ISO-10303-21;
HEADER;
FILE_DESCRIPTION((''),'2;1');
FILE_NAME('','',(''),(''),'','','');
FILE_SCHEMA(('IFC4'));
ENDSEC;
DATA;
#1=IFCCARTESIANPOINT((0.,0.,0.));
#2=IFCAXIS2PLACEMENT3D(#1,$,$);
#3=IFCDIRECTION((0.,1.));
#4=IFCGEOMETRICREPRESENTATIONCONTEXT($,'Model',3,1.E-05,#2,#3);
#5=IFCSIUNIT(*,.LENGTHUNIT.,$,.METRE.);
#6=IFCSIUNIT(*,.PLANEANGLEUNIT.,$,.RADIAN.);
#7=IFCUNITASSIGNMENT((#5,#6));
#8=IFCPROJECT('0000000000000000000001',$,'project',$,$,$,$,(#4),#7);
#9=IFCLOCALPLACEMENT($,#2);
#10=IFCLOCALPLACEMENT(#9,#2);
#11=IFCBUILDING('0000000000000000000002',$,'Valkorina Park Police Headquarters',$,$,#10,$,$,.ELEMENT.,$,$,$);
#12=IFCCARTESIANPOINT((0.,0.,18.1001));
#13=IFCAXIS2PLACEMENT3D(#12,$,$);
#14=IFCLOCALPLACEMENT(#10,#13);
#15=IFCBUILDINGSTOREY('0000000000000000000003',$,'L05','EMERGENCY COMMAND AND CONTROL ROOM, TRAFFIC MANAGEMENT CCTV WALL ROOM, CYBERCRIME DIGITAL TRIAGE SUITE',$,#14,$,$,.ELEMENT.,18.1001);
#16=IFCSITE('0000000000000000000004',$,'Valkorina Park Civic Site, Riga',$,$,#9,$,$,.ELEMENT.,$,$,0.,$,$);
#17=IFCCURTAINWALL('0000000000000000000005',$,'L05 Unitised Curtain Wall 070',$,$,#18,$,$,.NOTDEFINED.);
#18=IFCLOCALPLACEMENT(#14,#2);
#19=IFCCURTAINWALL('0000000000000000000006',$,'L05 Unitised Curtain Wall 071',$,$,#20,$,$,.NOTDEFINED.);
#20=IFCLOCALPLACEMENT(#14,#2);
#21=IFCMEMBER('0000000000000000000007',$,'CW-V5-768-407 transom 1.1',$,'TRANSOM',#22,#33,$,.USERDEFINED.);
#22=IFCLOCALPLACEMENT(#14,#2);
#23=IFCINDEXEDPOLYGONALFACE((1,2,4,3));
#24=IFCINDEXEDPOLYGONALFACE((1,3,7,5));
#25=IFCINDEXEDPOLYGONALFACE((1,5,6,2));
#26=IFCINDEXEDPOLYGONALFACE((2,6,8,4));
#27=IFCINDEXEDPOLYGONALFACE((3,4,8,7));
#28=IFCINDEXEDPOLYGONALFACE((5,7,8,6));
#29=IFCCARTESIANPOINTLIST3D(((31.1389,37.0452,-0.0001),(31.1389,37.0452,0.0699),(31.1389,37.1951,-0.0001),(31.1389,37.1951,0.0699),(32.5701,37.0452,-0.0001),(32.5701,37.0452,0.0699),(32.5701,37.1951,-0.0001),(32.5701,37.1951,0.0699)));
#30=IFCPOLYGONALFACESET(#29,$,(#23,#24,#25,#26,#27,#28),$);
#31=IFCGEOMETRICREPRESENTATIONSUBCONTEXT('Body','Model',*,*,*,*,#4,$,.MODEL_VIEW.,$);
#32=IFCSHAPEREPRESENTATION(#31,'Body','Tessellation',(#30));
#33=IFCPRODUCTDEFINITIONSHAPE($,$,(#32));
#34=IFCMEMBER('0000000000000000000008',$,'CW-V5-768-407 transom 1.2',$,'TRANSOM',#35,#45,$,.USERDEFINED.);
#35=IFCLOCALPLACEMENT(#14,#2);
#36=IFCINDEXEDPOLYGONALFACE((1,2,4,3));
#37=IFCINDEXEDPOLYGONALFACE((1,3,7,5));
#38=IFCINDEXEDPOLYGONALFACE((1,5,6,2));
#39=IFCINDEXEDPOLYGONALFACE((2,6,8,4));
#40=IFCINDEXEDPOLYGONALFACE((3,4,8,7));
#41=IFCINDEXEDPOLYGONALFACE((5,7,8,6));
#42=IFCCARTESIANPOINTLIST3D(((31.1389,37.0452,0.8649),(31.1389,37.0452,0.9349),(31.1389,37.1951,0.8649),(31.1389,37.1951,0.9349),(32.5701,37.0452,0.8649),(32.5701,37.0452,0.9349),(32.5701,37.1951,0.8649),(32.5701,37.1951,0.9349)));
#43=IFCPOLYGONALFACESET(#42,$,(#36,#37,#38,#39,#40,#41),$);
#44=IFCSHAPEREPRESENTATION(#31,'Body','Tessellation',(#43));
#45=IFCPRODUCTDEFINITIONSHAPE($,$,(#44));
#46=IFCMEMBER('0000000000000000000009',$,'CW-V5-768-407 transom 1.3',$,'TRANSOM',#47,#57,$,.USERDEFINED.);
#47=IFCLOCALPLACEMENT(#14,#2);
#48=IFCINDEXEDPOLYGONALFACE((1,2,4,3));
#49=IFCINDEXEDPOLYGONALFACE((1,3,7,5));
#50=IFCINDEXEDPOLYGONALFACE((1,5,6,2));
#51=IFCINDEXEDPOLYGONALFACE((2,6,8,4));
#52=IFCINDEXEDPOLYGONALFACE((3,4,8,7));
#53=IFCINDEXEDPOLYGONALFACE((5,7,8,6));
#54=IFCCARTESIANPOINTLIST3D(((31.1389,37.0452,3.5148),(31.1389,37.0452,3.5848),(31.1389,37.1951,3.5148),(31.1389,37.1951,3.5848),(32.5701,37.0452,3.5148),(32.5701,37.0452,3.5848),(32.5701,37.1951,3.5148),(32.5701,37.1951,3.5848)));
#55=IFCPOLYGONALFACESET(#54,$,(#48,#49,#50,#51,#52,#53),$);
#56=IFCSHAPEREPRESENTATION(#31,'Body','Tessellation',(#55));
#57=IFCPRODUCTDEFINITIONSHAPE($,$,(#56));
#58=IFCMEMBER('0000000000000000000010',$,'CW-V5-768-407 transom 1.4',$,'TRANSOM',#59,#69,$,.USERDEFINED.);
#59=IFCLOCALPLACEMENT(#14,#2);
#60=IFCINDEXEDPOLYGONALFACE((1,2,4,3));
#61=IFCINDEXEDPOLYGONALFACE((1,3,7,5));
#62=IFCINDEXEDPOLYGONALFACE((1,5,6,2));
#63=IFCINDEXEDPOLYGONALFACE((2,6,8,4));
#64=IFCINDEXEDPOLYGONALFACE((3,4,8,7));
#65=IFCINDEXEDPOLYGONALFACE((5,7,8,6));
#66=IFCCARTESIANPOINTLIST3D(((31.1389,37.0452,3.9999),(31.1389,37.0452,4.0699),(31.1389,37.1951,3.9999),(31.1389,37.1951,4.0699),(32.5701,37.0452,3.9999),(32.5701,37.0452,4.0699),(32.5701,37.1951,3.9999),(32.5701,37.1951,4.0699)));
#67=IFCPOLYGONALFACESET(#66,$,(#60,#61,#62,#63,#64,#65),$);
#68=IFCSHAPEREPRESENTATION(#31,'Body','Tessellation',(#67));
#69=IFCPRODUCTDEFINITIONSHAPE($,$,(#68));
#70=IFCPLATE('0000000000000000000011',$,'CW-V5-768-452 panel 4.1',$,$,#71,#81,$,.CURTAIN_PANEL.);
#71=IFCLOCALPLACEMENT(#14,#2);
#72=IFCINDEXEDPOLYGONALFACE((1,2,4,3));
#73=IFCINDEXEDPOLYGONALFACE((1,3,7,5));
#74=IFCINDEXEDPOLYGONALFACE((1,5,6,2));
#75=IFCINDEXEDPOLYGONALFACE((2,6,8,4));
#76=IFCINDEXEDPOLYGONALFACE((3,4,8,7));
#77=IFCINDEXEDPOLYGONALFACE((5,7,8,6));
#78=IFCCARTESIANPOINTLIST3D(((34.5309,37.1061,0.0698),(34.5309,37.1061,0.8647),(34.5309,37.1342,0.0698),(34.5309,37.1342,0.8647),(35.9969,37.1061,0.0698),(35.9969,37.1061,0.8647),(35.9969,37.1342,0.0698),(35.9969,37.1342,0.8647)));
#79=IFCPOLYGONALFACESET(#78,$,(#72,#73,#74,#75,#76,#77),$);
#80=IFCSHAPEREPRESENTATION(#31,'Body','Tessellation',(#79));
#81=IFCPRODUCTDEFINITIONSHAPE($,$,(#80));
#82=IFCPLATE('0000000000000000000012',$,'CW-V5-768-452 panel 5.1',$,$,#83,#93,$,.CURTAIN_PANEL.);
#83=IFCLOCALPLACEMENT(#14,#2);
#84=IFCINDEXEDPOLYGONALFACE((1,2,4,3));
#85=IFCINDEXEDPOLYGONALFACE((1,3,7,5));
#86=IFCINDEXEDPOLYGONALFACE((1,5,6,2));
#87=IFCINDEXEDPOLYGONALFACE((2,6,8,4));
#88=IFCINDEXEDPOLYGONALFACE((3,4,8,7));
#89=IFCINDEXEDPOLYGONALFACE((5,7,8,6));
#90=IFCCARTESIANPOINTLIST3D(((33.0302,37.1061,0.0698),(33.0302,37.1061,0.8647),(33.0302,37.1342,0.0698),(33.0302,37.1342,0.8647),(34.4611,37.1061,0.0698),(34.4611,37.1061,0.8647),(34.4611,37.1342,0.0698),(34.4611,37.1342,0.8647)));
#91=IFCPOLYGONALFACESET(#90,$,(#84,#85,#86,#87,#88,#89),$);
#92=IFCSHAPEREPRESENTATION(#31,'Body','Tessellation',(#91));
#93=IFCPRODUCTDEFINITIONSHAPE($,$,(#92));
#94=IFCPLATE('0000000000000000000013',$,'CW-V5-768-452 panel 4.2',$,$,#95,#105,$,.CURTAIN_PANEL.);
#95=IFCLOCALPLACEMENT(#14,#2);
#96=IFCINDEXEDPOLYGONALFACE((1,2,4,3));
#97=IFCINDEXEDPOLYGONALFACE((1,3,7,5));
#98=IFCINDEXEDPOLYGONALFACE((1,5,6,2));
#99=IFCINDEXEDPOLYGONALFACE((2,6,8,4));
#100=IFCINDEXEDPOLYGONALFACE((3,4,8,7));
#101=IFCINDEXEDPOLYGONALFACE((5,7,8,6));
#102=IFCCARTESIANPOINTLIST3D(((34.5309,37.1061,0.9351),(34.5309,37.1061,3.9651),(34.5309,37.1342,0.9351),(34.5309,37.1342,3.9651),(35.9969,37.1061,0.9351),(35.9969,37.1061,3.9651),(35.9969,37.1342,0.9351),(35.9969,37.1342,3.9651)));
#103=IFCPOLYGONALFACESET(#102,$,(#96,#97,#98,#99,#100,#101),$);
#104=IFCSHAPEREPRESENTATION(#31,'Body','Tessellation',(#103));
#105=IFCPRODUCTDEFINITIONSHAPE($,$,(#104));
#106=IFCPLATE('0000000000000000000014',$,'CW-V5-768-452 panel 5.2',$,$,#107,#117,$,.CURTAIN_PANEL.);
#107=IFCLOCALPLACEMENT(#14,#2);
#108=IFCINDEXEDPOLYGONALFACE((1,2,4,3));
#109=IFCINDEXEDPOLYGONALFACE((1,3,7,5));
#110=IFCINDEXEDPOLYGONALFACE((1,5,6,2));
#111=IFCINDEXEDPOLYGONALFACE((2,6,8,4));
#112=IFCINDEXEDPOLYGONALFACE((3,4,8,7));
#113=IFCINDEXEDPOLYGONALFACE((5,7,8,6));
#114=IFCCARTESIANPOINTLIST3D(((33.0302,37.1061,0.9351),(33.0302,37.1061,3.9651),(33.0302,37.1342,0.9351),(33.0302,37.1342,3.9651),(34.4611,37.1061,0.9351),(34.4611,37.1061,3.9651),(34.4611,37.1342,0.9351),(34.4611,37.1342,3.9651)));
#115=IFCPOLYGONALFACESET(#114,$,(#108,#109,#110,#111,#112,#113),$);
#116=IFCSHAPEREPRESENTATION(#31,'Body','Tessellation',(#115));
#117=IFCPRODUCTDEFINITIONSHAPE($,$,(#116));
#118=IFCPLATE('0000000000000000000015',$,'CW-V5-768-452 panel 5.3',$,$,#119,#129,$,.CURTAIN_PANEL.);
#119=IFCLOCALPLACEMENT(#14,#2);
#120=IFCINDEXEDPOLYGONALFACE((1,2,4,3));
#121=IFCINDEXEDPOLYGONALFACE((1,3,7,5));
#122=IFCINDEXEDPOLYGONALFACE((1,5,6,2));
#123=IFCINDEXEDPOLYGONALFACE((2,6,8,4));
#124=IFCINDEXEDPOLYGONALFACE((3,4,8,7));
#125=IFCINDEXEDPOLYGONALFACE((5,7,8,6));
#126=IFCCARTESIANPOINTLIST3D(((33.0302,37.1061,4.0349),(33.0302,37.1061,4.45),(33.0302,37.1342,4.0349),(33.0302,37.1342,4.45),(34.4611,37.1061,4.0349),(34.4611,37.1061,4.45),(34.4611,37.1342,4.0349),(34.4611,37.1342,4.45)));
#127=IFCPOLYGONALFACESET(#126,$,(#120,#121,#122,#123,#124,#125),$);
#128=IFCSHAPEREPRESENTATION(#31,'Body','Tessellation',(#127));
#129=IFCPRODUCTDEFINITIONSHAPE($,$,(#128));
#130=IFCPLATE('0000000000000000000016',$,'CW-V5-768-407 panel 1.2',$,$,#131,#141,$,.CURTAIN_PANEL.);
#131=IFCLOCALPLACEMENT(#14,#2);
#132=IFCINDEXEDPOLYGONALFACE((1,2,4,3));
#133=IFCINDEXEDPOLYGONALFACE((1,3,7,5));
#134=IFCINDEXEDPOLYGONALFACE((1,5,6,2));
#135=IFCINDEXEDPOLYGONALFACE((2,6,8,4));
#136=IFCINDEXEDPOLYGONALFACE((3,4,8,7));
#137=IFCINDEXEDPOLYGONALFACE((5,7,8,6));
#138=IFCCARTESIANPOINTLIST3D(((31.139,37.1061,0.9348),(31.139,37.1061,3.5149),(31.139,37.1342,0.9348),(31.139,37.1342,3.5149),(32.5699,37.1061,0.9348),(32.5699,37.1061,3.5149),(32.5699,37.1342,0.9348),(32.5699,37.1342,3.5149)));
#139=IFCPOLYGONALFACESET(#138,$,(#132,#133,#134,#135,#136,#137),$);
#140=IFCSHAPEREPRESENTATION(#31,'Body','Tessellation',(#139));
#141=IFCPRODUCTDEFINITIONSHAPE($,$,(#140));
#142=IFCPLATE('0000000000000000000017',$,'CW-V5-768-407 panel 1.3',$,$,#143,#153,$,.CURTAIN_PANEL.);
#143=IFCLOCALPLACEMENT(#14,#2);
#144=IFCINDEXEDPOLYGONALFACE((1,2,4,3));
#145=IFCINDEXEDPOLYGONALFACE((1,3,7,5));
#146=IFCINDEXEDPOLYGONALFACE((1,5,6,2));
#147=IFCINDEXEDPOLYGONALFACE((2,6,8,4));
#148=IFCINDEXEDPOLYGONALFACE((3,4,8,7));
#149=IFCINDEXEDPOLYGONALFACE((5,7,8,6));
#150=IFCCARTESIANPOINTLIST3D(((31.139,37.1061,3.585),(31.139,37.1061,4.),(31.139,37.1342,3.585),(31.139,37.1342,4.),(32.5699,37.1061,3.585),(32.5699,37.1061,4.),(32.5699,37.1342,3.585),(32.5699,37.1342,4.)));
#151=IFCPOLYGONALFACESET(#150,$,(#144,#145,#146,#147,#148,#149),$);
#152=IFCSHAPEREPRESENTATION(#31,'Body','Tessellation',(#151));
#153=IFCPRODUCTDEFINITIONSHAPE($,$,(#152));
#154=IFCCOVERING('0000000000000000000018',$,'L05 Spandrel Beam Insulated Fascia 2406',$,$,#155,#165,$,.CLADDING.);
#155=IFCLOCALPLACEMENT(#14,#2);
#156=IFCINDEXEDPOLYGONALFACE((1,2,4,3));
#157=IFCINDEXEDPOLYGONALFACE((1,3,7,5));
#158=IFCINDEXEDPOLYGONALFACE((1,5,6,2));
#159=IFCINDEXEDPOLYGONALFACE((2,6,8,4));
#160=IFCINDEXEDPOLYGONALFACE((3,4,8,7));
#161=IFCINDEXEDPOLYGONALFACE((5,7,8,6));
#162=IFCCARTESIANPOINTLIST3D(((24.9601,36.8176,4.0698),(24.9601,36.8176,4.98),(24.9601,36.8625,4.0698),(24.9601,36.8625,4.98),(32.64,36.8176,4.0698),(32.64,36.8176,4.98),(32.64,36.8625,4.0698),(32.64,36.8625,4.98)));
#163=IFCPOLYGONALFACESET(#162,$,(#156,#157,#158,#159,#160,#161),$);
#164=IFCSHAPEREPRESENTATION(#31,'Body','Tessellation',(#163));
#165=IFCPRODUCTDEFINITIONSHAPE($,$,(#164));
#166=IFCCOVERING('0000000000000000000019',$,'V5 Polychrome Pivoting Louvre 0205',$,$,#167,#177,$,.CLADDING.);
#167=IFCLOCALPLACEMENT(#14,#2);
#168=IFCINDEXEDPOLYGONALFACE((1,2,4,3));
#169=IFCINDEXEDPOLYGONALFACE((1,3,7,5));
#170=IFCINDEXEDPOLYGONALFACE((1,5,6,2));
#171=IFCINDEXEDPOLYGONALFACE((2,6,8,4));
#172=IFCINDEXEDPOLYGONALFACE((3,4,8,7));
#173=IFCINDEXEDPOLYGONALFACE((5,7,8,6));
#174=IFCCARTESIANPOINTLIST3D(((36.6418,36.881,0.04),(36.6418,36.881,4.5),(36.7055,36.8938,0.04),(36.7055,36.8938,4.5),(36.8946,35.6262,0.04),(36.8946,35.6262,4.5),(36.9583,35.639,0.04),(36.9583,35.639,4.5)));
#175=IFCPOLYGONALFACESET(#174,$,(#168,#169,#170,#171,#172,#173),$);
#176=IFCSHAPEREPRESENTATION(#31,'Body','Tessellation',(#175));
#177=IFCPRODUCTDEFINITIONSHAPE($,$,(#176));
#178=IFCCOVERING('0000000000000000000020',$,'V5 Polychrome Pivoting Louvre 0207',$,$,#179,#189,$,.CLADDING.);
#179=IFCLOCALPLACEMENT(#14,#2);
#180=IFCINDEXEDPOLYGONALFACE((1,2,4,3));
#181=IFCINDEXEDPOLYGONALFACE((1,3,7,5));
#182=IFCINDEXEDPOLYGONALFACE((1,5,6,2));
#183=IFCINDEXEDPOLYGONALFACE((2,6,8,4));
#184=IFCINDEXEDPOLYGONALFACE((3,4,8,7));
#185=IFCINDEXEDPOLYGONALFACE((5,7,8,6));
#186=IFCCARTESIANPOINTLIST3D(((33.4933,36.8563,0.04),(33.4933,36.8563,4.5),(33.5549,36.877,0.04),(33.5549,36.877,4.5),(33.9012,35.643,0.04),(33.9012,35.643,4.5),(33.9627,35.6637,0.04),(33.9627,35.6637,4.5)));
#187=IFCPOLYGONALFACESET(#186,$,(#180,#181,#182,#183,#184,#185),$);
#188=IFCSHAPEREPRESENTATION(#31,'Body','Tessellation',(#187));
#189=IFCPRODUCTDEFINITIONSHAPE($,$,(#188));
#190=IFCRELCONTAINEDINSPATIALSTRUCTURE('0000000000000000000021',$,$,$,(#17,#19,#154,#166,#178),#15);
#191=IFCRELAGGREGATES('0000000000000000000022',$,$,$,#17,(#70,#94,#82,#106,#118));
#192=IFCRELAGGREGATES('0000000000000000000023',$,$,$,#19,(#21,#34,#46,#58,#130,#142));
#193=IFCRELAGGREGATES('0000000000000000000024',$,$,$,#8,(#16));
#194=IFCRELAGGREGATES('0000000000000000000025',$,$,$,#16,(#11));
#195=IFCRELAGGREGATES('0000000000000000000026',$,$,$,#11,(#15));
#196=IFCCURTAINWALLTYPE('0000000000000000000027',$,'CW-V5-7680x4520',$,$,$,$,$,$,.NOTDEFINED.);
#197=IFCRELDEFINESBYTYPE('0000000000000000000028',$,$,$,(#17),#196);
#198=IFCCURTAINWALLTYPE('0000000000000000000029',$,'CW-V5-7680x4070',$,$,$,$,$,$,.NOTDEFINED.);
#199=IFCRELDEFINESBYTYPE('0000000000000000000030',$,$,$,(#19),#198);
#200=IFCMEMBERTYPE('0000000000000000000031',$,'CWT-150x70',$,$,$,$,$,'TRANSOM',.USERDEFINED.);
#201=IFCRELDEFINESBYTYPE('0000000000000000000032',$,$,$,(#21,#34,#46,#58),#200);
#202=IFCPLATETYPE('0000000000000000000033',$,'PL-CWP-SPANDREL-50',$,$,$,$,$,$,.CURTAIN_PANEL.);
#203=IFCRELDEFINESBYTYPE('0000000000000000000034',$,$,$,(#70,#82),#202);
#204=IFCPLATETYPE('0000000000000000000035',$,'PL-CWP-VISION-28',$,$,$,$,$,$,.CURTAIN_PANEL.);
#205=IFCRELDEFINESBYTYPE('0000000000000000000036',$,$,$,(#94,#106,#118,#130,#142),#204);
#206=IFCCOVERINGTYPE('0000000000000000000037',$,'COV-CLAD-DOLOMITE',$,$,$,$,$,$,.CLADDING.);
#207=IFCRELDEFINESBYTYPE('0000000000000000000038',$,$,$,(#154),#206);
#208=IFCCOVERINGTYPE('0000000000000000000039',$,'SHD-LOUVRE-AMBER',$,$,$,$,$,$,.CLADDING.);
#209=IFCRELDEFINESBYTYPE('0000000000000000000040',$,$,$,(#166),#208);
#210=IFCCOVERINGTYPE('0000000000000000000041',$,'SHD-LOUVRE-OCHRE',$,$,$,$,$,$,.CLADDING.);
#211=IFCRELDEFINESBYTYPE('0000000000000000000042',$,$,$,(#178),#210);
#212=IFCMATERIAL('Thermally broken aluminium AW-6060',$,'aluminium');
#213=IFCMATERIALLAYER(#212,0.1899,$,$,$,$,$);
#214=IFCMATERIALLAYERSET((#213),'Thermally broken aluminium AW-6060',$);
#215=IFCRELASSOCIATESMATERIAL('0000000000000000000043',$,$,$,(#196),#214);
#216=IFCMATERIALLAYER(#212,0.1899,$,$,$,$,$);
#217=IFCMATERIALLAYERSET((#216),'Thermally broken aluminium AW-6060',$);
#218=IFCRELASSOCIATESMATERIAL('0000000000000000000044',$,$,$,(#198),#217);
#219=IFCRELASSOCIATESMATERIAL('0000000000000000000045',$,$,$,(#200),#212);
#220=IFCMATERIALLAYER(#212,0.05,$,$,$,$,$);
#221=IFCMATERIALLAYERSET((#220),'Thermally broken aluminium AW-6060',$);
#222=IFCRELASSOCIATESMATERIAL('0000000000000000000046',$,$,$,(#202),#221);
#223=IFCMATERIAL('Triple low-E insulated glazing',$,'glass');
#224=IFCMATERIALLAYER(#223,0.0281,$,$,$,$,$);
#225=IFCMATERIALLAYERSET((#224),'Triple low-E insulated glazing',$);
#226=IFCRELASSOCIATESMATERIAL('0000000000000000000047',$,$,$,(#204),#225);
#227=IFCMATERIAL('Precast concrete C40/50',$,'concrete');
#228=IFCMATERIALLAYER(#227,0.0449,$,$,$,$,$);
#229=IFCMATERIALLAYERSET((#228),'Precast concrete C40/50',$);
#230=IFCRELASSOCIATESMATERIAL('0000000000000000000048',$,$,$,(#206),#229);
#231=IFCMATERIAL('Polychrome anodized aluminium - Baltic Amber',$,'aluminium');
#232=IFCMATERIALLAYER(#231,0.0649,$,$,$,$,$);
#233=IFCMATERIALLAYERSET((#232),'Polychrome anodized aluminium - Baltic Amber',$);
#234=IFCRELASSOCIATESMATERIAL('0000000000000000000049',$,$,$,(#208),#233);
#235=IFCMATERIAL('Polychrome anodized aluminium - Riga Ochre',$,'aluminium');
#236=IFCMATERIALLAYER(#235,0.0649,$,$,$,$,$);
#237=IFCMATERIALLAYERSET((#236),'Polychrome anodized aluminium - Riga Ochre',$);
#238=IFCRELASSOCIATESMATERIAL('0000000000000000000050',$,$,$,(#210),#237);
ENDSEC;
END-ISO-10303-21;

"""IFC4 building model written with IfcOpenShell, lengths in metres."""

from ifc_helpers import new_model, si_unit, direction, frame, frame_2d, origin, origin_2d, place, context, subcontext, project, spatial, rectangle, extrude, material, layer, layer_set, material_profile, profile_set, type_object, element, aggregate, save


model = new_model("IFC4")

# Units and contexts
model_context = context("Model", 3, precision=1e-05, world=origin(), true_north=direction((0.0, 1.0)))
body_context = subcontext(model_context, "Body", "Model", "MODEL_VIEW")
ifc_project = project(units=[si_unit("LENGTHUNIT", "METRE"), si_unit("PLANEANGLEUNIT", "RADIAN")], contexts=[model_context])

# Site, building, storey
site_placement = place(None, origin())
site = spatial("IfcSite", under=ifc_project, at=site_placement, Name="Valkorina Park Civic Site, Riga", CompositionType="ELEMENT", RefElevation=0.0)
building_placement = place(site_placement, origin())
building = spatial("IfcBuilding", under=site, at=building_placement, Name="Valkorina Park Police Headquarters", CompositionType="ELEMENT")
storey_placement = place(building_placement, frame((0.0, 0.0, 18.1001)))
storey = spatial("IfcBuildingStorey", under=building, at=storey_placement, Name="L05", Description="EMERGENCY COMMAND AND CONTROL ROOM, TRAFFIC MANAGEMENT CCTV WALL ROOM, CYBERCRIME DIGITAL TRIAGE SUITE", CompositionType="ELEMENT", Elevation=18.1001)

# Curtain wall
ifc_material_1 = material(Name="Thermally broken aluminium AW-6060", Category="aluminium")
ifc_layer_1 = layer(ifc_material_1, 0.1899)
ifc_layer_set_1 = layer_set([ifc_layer_1], Name="Thermally broken aluminium AW-6060")
curtain_wall_type_1 = type_object("IfcCurtainWallType", Name="CW-V5-7680x4520", PredefinedType="NOTDEFINED", material=ifc_layer_set_1)
curtain_wall_1_placement = place(storey_placement, origin())
curtain_wall_1 = element("IfcCurtainWall", 1, at=curtain_wall_1_placement, inside=storey, type_object=curtain_wall_type_1, Name="L05 Unitised Curtain Wall 070", PredefinedType="NOTDEFINED")

# Curtain wall
ifc_layer_2 = layer(ifc_material_1, 0.1899)
ifc_layer_set_2 = layer_set([ifc_layer_2], Name="Thermally broken aluminium AW-6060")
curtain_wall_type_2 = type_object("IfcCurtainWallType", Name="CW-V5-7680x4070", PredefinedType="NOTDEFINED", material=ifc_layer_set_2)
curtain_wall_2_placement = place(storey_placement, origin())
curtain_wall_2 = element("IfcCurtainWall", 2, at=curtain_wall_2_placement, inside=storey, type_object=curtain_wall_type_2, Name="L05 Unitised Curtain Wall 071", PredefinedType="NOTDEFINED")

# Members
ifc_material_profile_1 = material_profile(ifc_material_1, rectangle(XDim=0.1499, YDim=0.0701, at=origin_2d()), Name="CWT-02 150x70")
ifc_profile_set_1 = profile_set([ifc_material_profile_1], Name="Thermally broken aluminium AW-6060")
member_type_1 = type_object("IfcMemberType", Name="CWT-150x70", ElementType="TRANSOM", PredefinedType="USERDEFINED", material=ifc_profile_set_1)
member_1_placement = place(storey_placement, frame((32.5701, 37.1201, 0.0349), z_axis=(-1.0, 0.0, 0.0), x_axis=(0.0, -1.0, 0.0)))
member_1 = element("IfcMember", 3, at=member_1_placement, type_object=member_type_1, Name="CW-V5-768-407 transom 1.1", ObjectType="TRANSOM", PredefinedType="USERDEFINED", context=body_context, shape_type="SweptSolid", body=[
    extrude(rectangle(XDim=0.1499, YDim=0.0701, at=origin_2d()), origin(), (0.0, 0.0, 1.0), 1.4312),
])
member_2_placement = place(storey_placement, frame((32.5701, 37.1201, 0.8999), z_axis=(-1.0, 0.0, 0.0), x_axis=(0.0, -1.0, 0.0)))
member_2 = element("IfcMember", 4, at=member_2_placement, type_object=member_type_1, Name="CW-V5-768-407 transom 1.2", ObjectType="TRANSOM", PredefinedType="USERDEFINED", context=body_context, shape_type="SweptSolid", body=[
    extrude(rectangle(XDim=0.1499, YDim=0.0701, at=origin_2d()), origin(), (0.0, 0.0, 1.0), 1.4312),
])
member_3_placement = place(storey_placement, frame((32.5701, 37.1201, 3.5498), z_axis=(-1.0, 0.0, 0.0), x_axis=(0.0, -1.0, 0.0)))
member_3 = element("IfcMember", 5, at=member_3_placement, type_object=member_type_1, Name="CW-V5-768-407 transom 1.3", ObjectType="TRANSOM", PredefinedType="USERDEFINED", context=body_context, shape_type="SweptSolid", body=[
    extrude(rectangle(XDim=0.1499, YDim=0.0701, at=origin_2d()), origin(), (0.0, 0.0, 1.0), 1.4312),
])
member_4_placement = place(storey_placement, frame((32.5701, 37.1201, 4.0349), z_axis=(-1.0, 0.0, 0.0), x_axis=(0.0, -1.0, 0.0)))
member_4 = element("IfcMember", 6, at=member_4_placement, type_object=member_type_1, Name="CW-V5-768-407 transom 1.4", ObjectType="TRANSOM", PredefinedType="USERDEFINED", context=body_context, shape_type="SweptSolid", body=[
    extrude(rectangle(XDim=0.1499, YDim=0.0701, at=origin_2d()), origin(), (0.0, 0.0, 1.0), 1.4312),
])

# Plates
ifc_layer_3 = layer(ifc_material_1, 0.05)
ifc_layer_set_3 = layer_set([ifc_layer_3], Name="Thermally broken aluminium AW-6060")
plate_type_1 = type_object("IfcPlateType", Name="PL-CWP-SPANDREL-50", PredefinedType="CURTAIN_PANEL", material=ifc_layer_set_3)
plate_1_placement = place(storey_placement, frame((35.2639, 37.1201, 0.0698), z_axis=(0.0, 0.0, 1.0), x_axis=(-1.0, 0.0, 0.0)))
plate_1 = element("IfcPlate", 7, at=plate_1_placement, type_object=plate_type_1, Name="CW-V5-768-452 panel 4.1", PredefinedType="CURTAIN_PANEL", context=body_context, shape_type="SweptSolid", body=[
    extrude(rectangle(XDim=1.4661, YDim=0.0281, at=origin_2d()), origin(), (0.0, 0.0, 1.0), 0.7949),
])
plate_2_placement = place(storey_placement, frame((33.7456, 37.1201, 0.0698), z_axis=(0.0, 0.0, 1.0), x_axis=(-1.0, 0.0, 0.0)))
plate_2 = element("IfcPlate", 8, at=plate_2_placement, type_object=plate_type_1, Name="CW-V5-768-452 panel 5.1", PredefinedType="CURTAIN_PANEL", context=body_context, shape_type="SweptSolid", body=[
    extrude(rectangle(XDim=1.4309, YDim=0.0281, at=origin_2d()), origin(), (0.0, 0.0, 1.0), 0.7949),
])
ifc_material_2 = material(Name="Triple low-E insulated glazing", Category="glass")
ifc_layer_4 = layer(ifc_material_2, 0.0281)
ifc_layer_set_4 = layer_set([ifc_layer_4], Name="Triple low-E insulated glazing")
plate_type_2 = type_object("IfcPlateType", Name="PL-CWP-VISION-28", PredefinedType="CURTAIN_PANEL", material=ifc_layer_set_4)
plate_3_placement = place(storey_placement, frame((35.2639, 37.1201, 0.9351), z_axis=(0.0, 0.0, 1.0), x_axis=(-1.0, 0.0, 0.0)))
plate_3 = element("IfcPlate", 9, at=plate_3_placement, type_object=plate_type_2, Name="CW-V5-768-452 panel 4.2", PredefinedType="CURTAIN_PANEL", context=body_context, shape_type="SweptSolid", body=[
    extrude(rectangle(XDim=1.4661, YDim=0.0281, at=origin_2d()), origin(), (0.0, 0.0, 1.0), 3.03),
])
plate_4_placement = place(storey_placement, frame((33.7456, 37.1201, 0.9351), z_axis=(0.0, 0.0, 1.0), x_axis=(-1.0, 0.0, 0.0)))
plate_4 = element("IfcPlate", 10, at=plate_4_placement, type_object=plate_type_2, Name="CW-V5-768-452 panel 5.2", PredefinedType="CURTAIN_PANEL", context=body_context, shape_type="SweptSolid", body=[
    extrude(rectangle(XDim=1.4309, YDim=0.0281, at=origin_2d()), origin(), (0.0, 0.0, 1.0), 3.03),
])
plate_5_placement = place(storey_placement, frame((33.7456, 37.1201, 4.0349), z_axis=(0.0, 0.0, 1.0), x_axis=(-1.0, 0.0, 0.0)))
plate_5 = element("IfcPlate", 11, at=plate_5_placement, type_object=plate_type_2, Name="CW-V5-768-452 panel 5.3", PredefinedType="CURTAIN_PANEL", context=body_context, shape_type="SweptSolid", body=[
    extrude(rectangle(XDim=1.4309, YDim=0.0281, at=origin_2d()), origin(), (0.0, 0.0, 1.0), 0.415),
])
aggregate(curtain_wall_1, [plate_1, plate_3, plate_2, plate_4, plate_5])
plate_6_placement = place(storey_placement, frame((31.8545, 37.1201, 0.9348), z_axis=(0.0, 0.0, 1.0), x_axis=(-1.0, 0.0, 0.0)))
plate_6 = element("IfcPlate", 12, at=plate_6_placement, type_object=plate_type_2, Name="CW-V5-768-407 panel 1.2", PredefinedType="CURTAIN_PANEL", context=body_context, shape_type="SweptSolid", body=[
    extrude(rectangle(XDim=1.4309, YDim=0.0281, at=origin_2d()), origin(), (0.0, 0.0, 1.0), 2.5801),
])
plate_7_placement = place(storey_placement, frame((31.8545, 37.1201, 3.585), z_axis=(0.0, 0.0, 1.0), x_axis=(-1.0, 0.0, 0.0)))
plate_7 = element("IfcPlate", 13, at=plate_7_placement, type_object=plate_type_2, Name="CW-V5-768-407 panel 1.3", PredefinedType="CURTAIN_PANEL", context=body_context, shape_type="SweptSolid", body=[
    extrude(rectangle(XDim=1.4309, YDim=0.0281, at=origin_2d()), origin(), (0.0, 0.0, 1.0), 0.415),
])
aggregate(curtain_wall_2, [member_1, member_2, member_3, member_4, plate_6, plate_7])

# Coverings
ifc_material_3 = material(Name="Precast concrete C40/50", Category="concrete")
ifc_layer_5 = layer(ifc_material_3, 0.0449)
ifc_layer_set_5 = layer_set([ifc_layer_5], Name="Precast concrete C40/50")
covering_type_1 = type_object("IfcCoveringType", Name="COV-CLAD-DOLOMITE", PredefinedType="CLADDING", material=ifc_layer_set_5)
covering_1_placement = place(storey_placement, frame((32.6399, 36.8401, 4.0698), z_axis=(0.0, 0.0, 1.0), x_axis=(-1.0, 0.0, 0.0)))
element("IfcCovering", 14, at=covering_1_placement, inside=storey, type_object=covering_type_1, Name="L05 Spandrel Beam Insulated Fascia 2406", PredefinedType="CLADDING", context=body_context, shape_type="SweptSolid", body=[
    extrude(rectangle(XDim=7.6799, YDim=0.0449, at=frame_2d((3.8398, 0.0))), origin(), (0.0, 0.0, 1.0), 0.9102),
])
ifc_material_4 = material(Name="Polychrome anodized aluminium - Baltic Amber", Category="aluminium")
ifc_layer_6 = layer(ifc_material_4, 0.0649)
ifc_layer_set_6 = layer_set([ifc_layer_6], Name="Polychrome anodized aluminium - Baltic Amber")
covering_type_2 = type_object("IfcCoveringType", Name="SHD-LOUVRE-AMBER", PredefinedType="CLADDING", material=ifc_layer_set_6)
covering_2_placement = place(storey_placement, frame((36.8, 36.26, 0.04), z_axis=(0.0, 0.0, 1.0), x_axis=(0.197486, -0.980306, 0.0)))
element("IfcCovering", 15, at=covering_2_placement, inside=storey, type_object=covering_type_2, Name="V5 Polychrome Pivoting Louvre 0205", PredefinedType="CLADDING", context=body_context, shape_type="SweptSolid", body=[
    extrude(rectangle(XDim=1.28, YDim=0.0649, at=origin_2d()), origin(), (0.0, 0.0, 1.0), 4.46),
])
ifc_material_5 = material(Name="Polychrome anodized aluminium - Riga Ochre", Category="aluminium")
ifc_layer_7 = layer(ifc_material_5, 0.0649)
ifc_layer_set_7 = layer_set([ifc_layer_7], Name="Polychrome anodized aluminium - Riga Ochre")
covering_type_3 = type_object("IfcCoveringType", Name="SHD-LOUVRE-OCHRE", PredefinedType="CLADDING", material=ifc_layer_set_7)
covering_3_placement = place(storey_placement, frame((33.728, 36.26, 0.04), z_axis=(0.0, 0.0, 1.0), x_axis=(0.318628, -0.94788, 0.0)))
element("IfcCovering", 16, at=covering_3_placement, inside=storey, type_object=covering_type_3, Name="V5 Polychrome Pivoting Louvre 0207", PredefinedType="CLADDING", context=body_context, shape_type="SweptSolid", body=[
    extrude(rectangle(XDim=1.28, YDim=0.0649, at=origin_2d()), origin(), (0.0, 0.0, 1.0), 4.46),
])

save(model, "model.ifc")
